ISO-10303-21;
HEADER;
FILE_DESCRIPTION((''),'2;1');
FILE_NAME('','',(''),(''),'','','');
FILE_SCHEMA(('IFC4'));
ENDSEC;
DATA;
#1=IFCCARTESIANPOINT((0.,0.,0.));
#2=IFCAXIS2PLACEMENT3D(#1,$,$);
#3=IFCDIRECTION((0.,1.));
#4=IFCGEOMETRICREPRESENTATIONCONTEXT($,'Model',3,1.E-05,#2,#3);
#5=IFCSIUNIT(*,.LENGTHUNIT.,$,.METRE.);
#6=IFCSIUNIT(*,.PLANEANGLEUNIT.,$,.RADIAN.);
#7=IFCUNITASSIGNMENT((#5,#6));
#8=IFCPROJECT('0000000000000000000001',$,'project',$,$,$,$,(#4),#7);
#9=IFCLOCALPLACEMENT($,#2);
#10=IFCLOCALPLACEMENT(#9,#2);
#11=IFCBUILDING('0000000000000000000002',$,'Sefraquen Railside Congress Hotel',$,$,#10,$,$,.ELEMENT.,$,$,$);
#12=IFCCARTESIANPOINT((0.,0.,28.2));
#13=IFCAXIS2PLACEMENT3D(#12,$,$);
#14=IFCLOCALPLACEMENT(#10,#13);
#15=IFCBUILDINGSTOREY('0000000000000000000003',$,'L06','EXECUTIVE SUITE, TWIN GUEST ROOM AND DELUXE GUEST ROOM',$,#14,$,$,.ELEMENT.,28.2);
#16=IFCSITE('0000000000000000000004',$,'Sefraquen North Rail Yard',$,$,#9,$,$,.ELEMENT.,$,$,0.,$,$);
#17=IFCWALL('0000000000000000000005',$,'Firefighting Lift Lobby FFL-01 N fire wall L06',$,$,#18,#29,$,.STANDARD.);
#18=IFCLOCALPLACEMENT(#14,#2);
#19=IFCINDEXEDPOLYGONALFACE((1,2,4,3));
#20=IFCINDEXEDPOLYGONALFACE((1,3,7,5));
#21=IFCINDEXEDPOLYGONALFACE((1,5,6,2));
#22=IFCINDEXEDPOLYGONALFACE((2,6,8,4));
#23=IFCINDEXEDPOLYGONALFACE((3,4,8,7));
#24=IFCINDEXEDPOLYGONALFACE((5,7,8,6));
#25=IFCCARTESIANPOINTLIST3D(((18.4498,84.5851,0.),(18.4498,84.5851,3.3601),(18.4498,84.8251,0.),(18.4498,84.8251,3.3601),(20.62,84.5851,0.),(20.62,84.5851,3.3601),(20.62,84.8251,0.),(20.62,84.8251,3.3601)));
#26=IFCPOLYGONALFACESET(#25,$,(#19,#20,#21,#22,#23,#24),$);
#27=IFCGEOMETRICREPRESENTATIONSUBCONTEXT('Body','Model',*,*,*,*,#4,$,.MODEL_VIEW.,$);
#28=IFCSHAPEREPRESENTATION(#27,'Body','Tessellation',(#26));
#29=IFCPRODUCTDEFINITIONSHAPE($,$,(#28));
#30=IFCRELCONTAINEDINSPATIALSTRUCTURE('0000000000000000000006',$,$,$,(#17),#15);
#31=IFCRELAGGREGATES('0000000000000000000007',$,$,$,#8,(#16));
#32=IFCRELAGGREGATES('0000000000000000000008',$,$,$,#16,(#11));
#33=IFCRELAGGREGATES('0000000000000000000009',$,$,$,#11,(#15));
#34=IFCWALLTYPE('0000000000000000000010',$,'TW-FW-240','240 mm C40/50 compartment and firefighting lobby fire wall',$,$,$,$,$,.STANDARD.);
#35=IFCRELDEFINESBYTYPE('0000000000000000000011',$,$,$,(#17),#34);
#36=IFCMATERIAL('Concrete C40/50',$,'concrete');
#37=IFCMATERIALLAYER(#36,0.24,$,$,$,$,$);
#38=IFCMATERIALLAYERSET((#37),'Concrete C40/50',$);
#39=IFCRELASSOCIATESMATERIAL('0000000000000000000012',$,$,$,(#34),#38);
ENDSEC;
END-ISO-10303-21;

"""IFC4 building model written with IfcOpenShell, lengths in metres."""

from ifc_helpers import new_model, si_unit, direction, frame, frame_2d, origin, place, context, subcontext, project, spatial, rectangle, extrude, material, layer, layer_set, type_object, element, save


model = new_model("IFC4")

# Units and contexts
model_context = context("Model", 3, precision=1e-05, world=origin(), true_north=direction((0.0, 1.0)))
body_context = subcontext(model_context, "Body", "Model", "MODEL_VIEW")
ifc_project = project(units=[si_unit("LENGTHUNIT", "METRE"), si_unit("PLANEANGLEUNIT", "RADIAN")], contexts=[model_context])

# Site, building, storey
site_placement = place(None, origin())
site = spatial("IfcSite", under=ifc_project, at=site_placement, Name="Sefraquen North Rail Yard", CompositionType="ELEMENT", RefElevation=0.0)
building_placement = place(site_placement, origin())
building = spatial("IfcBuilding", under=site, at=building_placement, Name="Sefraquen Railside Congress Hotel", CompositionType="ELEMENT")
storey_placement = place(building_placement, frame((0.0, 0.0, 28.2)))
storey = spatial("IfcBuildingStorey", under=building, at=storey_placement, Name="L06", Description="EXECUTIVE SUITE, TWIN GUEST ROOM AND DELUXE GUEST ROOM", CompositionType="ELEMENT", Elevation=28.2)

# Wall
ifc_material_1 = material(Name="Concrete C40/50", Category="concrete")
ifc_layer_1 = layer(ifc_material_1, 0.24)
ifc_layer_set_1 = layer_set([ifc_layer_1], Name="Concrete C40/50")
wall_type_1 = type_object("IfcWallType", Name="TW-FW-240", Description="240 mm C40/50 compartment and firefighting lobby fire wall", PredefinedType="STANDARD", material=ifc_layer_set_1)
wall_1_placement = place(storey_placement, frame((18.45, 84.7051, 0.0), z_axis=(0.0, 0.0, 1.0), x_axis=(1.0, 0.0, 0.0)))
element("IfcWall", 1, at=wall_1_placement, inside=storey, type_object=wall_type_1, Name="Firefighting Lift Lobby FFL-01 N fire wall L06", PredefinedType="STANDARD", context=body_context, shape_type="SweptSolid", body=[
    extrude(rectangle(XDim=2.1702, YDim=0.24, at=frame_2d((1.085, 0.0))), origin(), (0.0, 0.0, 1.0), 3.3601),
])

save(model, "model.ifc")
